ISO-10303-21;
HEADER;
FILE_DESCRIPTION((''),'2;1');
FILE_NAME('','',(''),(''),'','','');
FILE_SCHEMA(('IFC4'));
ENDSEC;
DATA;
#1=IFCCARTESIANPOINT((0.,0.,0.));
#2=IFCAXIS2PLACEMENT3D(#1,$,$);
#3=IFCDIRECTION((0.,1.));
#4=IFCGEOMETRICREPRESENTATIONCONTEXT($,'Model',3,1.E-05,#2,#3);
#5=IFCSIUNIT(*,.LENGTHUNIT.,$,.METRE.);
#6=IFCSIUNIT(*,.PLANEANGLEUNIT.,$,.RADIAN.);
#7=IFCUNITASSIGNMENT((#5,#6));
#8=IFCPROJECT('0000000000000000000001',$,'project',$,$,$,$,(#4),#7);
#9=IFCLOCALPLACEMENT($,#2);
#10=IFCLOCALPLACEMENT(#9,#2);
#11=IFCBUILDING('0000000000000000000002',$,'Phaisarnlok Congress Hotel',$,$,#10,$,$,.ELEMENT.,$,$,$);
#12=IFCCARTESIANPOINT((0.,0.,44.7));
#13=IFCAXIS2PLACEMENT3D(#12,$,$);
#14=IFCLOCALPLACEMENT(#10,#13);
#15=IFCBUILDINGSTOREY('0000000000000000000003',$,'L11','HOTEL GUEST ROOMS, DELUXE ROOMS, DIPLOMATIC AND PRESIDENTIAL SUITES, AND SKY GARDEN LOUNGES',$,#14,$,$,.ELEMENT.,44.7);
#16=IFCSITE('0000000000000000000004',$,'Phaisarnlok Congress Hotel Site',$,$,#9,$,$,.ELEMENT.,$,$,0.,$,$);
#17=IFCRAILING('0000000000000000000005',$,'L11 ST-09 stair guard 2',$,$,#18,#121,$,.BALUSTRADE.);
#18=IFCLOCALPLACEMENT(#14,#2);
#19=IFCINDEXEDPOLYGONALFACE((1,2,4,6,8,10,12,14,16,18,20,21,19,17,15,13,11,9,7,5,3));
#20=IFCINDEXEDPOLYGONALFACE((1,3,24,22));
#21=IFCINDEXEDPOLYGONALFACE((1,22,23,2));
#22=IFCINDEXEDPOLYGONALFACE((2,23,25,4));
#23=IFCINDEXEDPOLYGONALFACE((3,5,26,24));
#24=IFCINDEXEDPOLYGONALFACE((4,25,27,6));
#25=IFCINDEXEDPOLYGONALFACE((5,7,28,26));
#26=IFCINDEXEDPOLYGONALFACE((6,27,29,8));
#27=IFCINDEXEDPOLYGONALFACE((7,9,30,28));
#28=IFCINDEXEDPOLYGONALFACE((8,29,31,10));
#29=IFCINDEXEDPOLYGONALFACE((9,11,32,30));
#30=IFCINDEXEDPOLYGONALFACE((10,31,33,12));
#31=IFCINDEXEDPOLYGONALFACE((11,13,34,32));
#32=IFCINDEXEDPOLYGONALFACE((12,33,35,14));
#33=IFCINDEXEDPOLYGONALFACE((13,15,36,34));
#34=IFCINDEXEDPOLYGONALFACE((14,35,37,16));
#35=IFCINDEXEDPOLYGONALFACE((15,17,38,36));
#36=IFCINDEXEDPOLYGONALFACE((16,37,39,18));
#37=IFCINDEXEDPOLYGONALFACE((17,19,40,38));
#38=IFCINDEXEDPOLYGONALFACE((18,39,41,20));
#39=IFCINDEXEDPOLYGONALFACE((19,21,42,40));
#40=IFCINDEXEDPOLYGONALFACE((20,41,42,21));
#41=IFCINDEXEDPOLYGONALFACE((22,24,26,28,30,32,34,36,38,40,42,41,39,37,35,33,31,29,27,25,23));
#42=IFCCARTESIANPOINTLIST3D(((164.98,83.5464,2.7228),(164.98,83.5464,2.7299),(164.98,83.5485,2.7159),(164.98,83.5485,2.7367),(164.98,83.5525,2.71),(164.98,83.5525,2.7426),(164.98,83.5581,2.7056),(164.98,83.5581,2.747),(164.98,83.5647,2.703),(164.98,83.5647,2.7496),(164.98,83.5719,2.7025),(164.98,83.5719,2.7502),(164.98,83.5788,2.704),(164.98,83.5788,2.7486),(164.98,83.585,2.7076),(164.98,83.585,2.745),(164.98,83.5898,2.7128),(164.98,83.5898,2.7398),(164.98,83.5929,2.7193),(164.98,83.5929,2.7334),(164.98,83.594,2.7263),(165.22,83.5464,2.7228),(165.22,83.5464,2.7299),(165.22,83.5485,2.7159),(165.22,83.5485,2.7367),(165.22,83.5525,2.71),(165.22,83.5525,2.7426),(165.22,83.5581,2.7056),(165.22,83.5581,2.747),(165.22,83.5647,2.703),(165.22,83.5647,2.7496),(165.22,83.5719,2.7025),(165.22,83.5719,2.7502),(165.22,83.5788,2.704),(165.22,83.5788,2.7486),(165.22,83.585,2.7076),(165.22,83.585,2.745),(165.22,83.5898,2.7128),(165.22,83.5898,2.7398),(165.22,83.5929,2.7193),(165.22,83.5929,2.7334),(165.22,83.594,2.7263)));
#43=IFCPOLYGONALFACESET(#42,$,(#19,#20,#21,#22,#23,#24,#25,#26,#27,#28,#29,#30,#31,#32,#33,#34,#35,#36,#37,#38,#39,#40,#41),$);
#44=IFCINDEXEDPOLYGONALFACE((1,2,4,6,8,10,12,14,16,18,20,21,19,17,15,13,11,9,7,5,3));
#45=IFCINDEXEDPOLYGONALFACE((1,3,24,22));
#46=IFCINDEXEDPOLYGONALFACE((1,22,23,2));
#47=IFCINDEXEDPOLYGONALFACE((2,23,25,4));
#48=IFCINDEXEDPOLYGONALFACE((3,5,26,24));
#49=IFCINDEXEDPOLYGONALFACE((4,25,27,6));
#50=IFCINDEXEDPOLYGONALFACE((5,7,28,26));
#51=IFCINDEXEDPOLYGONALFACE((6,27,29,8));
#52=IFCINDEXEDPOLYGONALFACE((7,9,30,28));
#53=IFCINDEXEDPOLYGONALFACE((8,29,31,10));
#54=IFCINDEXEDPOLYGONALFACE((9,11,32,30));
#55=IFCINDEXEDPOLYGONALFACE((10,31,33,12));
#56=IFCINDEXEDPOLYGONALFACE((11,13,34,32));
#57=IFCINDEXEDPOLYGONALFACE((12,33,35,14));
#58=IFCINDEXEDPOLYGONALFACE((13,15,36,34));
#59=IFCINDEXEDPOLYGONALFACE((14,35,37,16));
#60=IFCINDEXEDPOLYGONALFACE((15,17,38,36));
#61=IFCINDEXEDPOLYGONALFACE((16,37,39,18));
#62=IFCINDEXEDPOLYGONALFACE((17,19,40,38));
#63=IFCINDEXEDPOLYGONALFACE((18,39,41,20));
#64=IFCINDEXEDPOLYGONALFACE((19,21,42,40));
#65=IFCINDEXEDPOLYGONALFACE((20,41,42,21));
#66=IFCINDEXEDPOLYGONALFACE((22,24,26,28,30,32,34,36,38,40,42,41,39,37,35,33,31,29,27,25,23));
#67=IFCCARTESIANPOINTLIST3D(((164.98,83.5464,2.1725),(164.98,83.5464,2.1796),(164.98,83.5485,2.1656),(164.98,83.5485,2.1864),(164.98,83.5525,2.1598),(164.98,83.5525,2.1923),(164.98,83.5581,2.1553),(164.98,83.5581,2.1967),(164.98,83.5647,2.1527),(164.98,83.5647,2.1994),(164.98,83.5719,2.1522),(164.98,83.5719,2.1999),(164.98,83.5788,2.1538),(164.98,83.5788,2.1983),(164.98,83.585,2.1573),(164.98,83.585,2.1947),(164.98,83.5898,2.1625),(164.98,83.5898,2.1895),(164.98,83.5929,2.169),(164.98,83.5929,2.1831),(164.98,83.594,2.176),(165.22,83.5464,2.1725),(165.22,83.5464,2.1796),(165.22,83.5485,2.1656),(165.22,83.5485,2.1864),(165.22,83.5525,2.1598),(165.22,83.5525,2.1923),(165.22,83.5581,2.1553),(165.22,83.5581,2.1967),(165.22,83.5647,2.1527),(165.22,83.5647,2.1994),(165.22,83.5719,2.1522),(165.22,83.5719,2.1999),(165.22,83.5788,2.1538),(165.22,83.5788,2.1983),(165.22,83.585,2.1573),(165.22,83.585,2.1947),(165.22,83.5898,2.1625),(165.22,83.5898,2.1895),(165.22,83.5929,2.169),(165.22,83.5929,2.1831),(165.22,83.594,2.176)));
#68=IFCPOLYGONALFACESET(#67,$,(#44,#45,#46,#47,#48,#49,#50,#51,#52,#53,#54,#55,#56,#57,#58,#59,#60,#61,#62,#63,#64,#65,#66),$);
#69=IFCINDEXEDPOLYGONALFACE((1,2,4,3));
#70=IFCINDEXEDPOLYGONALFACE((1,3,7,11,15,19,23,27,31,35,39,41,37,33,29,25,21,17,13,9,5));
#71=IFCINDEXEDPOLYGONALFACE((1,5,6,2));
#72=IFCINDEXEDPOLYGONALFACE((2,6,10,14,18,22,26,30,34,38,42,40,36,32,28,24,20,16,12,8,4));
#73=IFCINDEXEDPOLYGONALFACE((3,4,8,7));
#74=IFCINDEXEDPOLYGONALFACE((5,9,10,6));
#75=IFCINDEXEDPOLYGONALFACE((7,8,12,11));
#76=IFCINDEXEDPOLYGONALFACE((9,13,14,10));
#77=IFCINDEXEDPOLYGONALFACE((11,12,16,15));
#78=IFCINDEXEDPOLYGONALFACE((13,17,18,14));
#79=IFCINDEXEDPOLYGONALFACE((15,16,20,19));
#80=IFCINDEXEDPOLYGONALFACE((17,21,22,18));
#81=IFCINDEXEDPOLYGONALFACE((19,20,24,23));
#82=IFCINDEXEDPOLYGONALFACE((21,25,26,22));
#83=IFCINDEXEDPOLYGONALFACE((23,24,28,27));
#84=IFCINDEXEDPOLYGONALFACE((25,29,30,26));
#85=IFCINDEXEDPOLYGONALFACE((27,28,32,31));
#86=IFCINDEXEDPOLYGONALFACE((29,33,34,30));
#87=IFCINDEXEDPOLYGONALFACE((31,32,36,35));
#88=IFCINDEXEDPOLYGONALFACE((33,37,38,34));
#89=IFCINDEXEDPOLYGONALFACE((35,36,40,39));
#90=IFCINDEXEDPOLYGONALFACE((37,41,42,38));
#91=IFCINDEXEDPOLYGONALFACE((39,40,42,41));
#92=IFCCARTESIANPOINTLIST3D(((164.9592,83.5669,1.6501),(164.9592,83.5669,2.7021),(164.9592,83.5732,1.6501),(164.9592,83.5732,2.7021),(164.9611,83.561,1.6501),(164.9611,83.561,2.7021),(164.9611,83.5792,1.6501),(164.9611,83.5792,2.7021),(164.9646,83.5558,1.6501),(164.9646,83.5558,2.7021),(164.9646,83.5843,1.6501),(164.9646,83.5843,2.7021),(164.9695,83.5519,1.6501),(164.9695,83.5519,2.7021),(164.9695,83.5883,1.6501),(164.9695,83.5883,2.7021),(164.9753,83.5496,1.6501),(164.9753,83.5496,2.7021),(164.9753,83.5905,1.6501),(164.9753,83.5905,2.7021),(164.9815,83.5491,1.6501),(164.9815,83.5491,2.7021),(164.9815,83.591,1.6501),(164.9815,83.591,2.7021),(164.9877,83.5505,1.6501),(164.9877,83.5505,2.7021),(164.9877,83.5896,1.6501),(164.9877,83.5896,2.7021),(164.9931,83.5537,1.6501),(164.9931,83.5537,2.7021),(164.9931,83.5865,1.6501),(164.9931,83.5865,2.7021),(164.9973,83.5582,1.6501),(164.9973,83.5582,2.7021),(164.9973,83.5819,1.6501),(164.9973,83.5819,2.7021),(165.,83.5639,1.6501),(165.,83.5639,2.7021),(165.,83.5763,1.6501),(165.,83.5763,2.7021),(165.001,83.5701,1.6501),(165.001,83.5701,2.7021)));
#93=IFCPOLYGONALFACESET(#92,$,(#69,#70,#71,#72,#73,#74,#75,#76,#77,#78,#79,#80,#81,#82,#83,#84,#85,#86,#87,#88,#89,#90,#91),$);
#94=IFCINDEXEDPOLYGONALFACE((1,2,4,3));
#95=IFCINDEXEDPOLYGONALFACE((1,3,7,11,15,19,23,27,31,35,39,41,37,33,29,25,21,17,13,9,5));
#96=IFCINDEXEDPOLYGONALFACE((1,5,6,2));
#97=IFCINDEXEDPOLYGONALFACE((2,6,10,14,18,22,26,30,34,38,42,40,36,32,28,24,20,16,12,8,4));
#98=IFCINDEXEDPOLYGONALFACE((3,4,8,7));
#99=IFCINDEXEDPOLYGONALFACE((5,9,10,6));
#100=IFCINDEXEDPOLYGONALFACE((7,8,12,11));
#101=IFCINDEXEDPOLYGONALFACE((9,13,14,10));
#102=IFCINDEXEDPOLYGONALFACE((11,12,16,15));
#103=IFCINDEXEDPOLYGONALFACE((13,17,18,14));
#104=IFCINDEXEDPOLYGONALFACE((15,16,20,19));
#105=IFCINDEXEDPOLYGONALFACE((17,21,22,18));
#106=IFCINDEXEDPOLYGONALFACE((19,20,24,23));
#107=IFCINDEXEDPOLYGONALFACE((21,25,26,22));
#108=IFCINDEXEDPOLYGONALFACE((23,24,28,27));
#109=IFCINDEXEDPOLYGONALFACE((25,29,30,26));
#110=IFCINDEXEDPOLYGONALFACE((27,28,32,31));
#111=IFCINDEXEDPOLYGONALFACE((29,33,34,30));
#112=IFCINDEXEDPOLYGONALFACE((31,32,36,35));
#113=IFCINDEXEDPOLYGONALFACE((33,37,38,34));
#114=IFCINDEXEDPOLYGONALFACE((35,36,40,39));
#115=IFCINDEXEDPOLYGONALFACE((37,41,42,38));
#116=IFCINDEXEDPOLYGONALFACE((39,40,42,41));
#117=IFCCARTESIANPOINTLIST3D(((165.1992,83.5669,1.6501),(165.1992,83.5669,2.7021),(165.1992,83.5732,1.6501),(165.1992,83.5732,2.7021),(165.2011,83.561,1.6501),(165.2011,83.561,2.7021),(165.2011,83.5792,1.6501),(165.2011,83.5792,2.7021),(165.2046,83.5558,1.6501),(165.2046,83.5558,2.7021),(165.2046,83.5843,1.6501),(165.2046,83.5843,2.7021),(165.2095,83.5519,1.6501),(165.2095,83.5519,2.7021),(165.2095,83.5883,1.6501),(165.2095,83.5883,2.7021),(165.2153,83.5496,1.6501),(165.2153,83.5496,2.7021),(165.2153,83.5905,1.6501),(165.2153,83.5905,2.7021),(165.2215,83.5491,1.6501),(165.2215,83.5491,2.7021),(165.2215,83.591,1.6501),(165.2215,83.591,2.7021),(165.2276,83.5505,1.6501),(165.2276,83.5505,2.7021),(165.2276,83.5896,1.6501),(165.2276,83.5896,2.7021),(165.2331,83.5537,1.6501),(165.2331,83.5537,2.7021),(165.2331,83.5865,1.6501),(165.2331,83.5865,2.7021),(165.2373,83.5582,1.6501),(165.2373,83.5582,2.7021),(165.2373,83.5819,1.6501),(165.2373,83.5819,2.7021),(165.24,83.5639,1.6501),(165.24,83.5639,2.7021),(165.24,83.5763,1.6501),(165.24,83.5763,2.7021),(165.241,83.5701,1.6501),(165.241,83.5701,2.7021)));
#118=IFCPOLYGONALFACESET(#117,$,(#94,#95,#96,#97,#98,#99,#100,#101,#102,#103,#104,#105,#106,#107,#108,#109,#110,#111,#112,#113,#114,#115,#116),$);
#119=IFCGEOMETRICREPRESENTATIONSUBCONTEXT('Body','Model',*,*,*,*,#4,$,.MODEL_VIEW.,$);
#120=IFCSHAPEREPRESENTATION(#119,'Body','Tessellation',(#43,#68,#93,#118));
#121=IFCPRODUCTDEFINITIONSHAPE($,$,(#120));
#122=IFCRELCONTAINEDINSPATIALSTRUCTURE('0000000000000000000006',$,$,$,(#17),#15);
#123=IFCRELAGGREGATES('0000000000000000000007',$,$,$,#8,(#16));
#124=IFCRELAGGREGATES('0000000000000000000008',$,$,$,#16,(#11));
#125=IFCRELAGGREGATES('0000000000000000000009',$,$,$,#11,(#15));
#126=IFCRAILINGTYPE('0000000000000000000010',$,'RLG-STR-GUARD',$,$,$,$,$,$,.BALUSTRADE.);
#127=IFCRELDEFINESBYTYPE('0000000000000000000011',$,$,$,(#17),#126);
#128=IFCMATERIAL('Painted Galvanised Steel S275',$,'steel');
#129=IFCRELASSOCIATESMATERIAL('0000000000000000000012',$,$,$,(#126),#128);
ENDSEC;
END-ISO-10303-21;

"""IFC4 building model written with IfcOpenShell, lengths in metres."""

from ifc_helpers import new_model, si_unit, direction, frame, origin, origin_2d, place, context, subcontext, project, spatial, circle, extrude, material, type_object, element, save


model = new_model("IFC4")

# Units and contexts
model_context = context("Model", 3, precision=1e-05, world=origin(), true_north=direction((0.0, 1.0)))
body_context = subcontext(model_context, "Body", "Model", "MODEL_VIEW")
ifc_project = project(units=[si_unit("LENGTHUNIT", "METRE"), si_unit("PLANEANGLEUNIT", "RADIAN")], contexts=[model_context])

# Site, building, storey
site_placement = place(None, origin())
site = spatial("IfcSite", under=ifc_project, at=site_placement, Name="Phaisarnlok Congress Hotel Site", CompositionType="ELEMENT", RefElevation=0.0)
building_placement = place(site_placement, origin())
building = spatial("IfcBuilding", under=site, at=building_placement, Name="Phaisarnlok Congress Hotel", CompositionType="ELEMENT")
storey_placement = place(building_placement, frame((0.0, 0.0, 44.7)))
storey = spatial("IfcBuildingStorey", under=building, at=storey_placement, Name="L11", Description="HOTEL GUEST ROOMS, DELUXE ROOMS, DIPLOMATIC AND PRESIDENTIAL SUITES, AND SKY GARDEN LOUNGES", CompositionType="ELEMENT", Elevation=44.7)

# Railing
ifc_material_1 = material(Name="Painted Galvanised Steel S275", Category="steel")
railing_type_1 = type_object("IfcRailingType", Name="RLG-STR-GUARD", PredefinedType="BALUSTRADE", material=ifc_material_1)
railing_1_placement = place(storey_placement, frame((164.98, 83.5701, 1.6501)))
element("IfcRailing", 1, at=railing_1_placement, inside=storey, type_object=railing_type_1, Name="L11 ST-09 stair guard 2", PredefinedType="BALUSTRADE", context=body_context, shape_type="SweptSolid", body=[
    extrude(circle(Radius=0.0239, at=origin_2d()), frame((0.0, 0.0, 1.0762), z_axis=(1.0, 0.0, 0.0), x_axis=(0.0, 1.0, 0.0)), (0.0, 0.0, 1.0), 0.24),
    extrude(circle(Radius=0.0239, at=origin_2d()), frame((0.0, 0.0, 0.5259), z_axis=(1.0, 0.0, 0.0), x_axis=(0.0, 1.0, 0.0)), (0.0, 0.0, 1.0), 0.24),
    extrude(circle(Radius=0.021, at=origin_2d()), origin(), (0.0, 0.0, 1.0), 1.052),
    extrude(circle(Radius=0.021, at=origin_2d()), frame((0.24, 0.0, 0.0)), (0.0, 0.0, 1.0), 1.052),
])

save(model, "model.ifc")
